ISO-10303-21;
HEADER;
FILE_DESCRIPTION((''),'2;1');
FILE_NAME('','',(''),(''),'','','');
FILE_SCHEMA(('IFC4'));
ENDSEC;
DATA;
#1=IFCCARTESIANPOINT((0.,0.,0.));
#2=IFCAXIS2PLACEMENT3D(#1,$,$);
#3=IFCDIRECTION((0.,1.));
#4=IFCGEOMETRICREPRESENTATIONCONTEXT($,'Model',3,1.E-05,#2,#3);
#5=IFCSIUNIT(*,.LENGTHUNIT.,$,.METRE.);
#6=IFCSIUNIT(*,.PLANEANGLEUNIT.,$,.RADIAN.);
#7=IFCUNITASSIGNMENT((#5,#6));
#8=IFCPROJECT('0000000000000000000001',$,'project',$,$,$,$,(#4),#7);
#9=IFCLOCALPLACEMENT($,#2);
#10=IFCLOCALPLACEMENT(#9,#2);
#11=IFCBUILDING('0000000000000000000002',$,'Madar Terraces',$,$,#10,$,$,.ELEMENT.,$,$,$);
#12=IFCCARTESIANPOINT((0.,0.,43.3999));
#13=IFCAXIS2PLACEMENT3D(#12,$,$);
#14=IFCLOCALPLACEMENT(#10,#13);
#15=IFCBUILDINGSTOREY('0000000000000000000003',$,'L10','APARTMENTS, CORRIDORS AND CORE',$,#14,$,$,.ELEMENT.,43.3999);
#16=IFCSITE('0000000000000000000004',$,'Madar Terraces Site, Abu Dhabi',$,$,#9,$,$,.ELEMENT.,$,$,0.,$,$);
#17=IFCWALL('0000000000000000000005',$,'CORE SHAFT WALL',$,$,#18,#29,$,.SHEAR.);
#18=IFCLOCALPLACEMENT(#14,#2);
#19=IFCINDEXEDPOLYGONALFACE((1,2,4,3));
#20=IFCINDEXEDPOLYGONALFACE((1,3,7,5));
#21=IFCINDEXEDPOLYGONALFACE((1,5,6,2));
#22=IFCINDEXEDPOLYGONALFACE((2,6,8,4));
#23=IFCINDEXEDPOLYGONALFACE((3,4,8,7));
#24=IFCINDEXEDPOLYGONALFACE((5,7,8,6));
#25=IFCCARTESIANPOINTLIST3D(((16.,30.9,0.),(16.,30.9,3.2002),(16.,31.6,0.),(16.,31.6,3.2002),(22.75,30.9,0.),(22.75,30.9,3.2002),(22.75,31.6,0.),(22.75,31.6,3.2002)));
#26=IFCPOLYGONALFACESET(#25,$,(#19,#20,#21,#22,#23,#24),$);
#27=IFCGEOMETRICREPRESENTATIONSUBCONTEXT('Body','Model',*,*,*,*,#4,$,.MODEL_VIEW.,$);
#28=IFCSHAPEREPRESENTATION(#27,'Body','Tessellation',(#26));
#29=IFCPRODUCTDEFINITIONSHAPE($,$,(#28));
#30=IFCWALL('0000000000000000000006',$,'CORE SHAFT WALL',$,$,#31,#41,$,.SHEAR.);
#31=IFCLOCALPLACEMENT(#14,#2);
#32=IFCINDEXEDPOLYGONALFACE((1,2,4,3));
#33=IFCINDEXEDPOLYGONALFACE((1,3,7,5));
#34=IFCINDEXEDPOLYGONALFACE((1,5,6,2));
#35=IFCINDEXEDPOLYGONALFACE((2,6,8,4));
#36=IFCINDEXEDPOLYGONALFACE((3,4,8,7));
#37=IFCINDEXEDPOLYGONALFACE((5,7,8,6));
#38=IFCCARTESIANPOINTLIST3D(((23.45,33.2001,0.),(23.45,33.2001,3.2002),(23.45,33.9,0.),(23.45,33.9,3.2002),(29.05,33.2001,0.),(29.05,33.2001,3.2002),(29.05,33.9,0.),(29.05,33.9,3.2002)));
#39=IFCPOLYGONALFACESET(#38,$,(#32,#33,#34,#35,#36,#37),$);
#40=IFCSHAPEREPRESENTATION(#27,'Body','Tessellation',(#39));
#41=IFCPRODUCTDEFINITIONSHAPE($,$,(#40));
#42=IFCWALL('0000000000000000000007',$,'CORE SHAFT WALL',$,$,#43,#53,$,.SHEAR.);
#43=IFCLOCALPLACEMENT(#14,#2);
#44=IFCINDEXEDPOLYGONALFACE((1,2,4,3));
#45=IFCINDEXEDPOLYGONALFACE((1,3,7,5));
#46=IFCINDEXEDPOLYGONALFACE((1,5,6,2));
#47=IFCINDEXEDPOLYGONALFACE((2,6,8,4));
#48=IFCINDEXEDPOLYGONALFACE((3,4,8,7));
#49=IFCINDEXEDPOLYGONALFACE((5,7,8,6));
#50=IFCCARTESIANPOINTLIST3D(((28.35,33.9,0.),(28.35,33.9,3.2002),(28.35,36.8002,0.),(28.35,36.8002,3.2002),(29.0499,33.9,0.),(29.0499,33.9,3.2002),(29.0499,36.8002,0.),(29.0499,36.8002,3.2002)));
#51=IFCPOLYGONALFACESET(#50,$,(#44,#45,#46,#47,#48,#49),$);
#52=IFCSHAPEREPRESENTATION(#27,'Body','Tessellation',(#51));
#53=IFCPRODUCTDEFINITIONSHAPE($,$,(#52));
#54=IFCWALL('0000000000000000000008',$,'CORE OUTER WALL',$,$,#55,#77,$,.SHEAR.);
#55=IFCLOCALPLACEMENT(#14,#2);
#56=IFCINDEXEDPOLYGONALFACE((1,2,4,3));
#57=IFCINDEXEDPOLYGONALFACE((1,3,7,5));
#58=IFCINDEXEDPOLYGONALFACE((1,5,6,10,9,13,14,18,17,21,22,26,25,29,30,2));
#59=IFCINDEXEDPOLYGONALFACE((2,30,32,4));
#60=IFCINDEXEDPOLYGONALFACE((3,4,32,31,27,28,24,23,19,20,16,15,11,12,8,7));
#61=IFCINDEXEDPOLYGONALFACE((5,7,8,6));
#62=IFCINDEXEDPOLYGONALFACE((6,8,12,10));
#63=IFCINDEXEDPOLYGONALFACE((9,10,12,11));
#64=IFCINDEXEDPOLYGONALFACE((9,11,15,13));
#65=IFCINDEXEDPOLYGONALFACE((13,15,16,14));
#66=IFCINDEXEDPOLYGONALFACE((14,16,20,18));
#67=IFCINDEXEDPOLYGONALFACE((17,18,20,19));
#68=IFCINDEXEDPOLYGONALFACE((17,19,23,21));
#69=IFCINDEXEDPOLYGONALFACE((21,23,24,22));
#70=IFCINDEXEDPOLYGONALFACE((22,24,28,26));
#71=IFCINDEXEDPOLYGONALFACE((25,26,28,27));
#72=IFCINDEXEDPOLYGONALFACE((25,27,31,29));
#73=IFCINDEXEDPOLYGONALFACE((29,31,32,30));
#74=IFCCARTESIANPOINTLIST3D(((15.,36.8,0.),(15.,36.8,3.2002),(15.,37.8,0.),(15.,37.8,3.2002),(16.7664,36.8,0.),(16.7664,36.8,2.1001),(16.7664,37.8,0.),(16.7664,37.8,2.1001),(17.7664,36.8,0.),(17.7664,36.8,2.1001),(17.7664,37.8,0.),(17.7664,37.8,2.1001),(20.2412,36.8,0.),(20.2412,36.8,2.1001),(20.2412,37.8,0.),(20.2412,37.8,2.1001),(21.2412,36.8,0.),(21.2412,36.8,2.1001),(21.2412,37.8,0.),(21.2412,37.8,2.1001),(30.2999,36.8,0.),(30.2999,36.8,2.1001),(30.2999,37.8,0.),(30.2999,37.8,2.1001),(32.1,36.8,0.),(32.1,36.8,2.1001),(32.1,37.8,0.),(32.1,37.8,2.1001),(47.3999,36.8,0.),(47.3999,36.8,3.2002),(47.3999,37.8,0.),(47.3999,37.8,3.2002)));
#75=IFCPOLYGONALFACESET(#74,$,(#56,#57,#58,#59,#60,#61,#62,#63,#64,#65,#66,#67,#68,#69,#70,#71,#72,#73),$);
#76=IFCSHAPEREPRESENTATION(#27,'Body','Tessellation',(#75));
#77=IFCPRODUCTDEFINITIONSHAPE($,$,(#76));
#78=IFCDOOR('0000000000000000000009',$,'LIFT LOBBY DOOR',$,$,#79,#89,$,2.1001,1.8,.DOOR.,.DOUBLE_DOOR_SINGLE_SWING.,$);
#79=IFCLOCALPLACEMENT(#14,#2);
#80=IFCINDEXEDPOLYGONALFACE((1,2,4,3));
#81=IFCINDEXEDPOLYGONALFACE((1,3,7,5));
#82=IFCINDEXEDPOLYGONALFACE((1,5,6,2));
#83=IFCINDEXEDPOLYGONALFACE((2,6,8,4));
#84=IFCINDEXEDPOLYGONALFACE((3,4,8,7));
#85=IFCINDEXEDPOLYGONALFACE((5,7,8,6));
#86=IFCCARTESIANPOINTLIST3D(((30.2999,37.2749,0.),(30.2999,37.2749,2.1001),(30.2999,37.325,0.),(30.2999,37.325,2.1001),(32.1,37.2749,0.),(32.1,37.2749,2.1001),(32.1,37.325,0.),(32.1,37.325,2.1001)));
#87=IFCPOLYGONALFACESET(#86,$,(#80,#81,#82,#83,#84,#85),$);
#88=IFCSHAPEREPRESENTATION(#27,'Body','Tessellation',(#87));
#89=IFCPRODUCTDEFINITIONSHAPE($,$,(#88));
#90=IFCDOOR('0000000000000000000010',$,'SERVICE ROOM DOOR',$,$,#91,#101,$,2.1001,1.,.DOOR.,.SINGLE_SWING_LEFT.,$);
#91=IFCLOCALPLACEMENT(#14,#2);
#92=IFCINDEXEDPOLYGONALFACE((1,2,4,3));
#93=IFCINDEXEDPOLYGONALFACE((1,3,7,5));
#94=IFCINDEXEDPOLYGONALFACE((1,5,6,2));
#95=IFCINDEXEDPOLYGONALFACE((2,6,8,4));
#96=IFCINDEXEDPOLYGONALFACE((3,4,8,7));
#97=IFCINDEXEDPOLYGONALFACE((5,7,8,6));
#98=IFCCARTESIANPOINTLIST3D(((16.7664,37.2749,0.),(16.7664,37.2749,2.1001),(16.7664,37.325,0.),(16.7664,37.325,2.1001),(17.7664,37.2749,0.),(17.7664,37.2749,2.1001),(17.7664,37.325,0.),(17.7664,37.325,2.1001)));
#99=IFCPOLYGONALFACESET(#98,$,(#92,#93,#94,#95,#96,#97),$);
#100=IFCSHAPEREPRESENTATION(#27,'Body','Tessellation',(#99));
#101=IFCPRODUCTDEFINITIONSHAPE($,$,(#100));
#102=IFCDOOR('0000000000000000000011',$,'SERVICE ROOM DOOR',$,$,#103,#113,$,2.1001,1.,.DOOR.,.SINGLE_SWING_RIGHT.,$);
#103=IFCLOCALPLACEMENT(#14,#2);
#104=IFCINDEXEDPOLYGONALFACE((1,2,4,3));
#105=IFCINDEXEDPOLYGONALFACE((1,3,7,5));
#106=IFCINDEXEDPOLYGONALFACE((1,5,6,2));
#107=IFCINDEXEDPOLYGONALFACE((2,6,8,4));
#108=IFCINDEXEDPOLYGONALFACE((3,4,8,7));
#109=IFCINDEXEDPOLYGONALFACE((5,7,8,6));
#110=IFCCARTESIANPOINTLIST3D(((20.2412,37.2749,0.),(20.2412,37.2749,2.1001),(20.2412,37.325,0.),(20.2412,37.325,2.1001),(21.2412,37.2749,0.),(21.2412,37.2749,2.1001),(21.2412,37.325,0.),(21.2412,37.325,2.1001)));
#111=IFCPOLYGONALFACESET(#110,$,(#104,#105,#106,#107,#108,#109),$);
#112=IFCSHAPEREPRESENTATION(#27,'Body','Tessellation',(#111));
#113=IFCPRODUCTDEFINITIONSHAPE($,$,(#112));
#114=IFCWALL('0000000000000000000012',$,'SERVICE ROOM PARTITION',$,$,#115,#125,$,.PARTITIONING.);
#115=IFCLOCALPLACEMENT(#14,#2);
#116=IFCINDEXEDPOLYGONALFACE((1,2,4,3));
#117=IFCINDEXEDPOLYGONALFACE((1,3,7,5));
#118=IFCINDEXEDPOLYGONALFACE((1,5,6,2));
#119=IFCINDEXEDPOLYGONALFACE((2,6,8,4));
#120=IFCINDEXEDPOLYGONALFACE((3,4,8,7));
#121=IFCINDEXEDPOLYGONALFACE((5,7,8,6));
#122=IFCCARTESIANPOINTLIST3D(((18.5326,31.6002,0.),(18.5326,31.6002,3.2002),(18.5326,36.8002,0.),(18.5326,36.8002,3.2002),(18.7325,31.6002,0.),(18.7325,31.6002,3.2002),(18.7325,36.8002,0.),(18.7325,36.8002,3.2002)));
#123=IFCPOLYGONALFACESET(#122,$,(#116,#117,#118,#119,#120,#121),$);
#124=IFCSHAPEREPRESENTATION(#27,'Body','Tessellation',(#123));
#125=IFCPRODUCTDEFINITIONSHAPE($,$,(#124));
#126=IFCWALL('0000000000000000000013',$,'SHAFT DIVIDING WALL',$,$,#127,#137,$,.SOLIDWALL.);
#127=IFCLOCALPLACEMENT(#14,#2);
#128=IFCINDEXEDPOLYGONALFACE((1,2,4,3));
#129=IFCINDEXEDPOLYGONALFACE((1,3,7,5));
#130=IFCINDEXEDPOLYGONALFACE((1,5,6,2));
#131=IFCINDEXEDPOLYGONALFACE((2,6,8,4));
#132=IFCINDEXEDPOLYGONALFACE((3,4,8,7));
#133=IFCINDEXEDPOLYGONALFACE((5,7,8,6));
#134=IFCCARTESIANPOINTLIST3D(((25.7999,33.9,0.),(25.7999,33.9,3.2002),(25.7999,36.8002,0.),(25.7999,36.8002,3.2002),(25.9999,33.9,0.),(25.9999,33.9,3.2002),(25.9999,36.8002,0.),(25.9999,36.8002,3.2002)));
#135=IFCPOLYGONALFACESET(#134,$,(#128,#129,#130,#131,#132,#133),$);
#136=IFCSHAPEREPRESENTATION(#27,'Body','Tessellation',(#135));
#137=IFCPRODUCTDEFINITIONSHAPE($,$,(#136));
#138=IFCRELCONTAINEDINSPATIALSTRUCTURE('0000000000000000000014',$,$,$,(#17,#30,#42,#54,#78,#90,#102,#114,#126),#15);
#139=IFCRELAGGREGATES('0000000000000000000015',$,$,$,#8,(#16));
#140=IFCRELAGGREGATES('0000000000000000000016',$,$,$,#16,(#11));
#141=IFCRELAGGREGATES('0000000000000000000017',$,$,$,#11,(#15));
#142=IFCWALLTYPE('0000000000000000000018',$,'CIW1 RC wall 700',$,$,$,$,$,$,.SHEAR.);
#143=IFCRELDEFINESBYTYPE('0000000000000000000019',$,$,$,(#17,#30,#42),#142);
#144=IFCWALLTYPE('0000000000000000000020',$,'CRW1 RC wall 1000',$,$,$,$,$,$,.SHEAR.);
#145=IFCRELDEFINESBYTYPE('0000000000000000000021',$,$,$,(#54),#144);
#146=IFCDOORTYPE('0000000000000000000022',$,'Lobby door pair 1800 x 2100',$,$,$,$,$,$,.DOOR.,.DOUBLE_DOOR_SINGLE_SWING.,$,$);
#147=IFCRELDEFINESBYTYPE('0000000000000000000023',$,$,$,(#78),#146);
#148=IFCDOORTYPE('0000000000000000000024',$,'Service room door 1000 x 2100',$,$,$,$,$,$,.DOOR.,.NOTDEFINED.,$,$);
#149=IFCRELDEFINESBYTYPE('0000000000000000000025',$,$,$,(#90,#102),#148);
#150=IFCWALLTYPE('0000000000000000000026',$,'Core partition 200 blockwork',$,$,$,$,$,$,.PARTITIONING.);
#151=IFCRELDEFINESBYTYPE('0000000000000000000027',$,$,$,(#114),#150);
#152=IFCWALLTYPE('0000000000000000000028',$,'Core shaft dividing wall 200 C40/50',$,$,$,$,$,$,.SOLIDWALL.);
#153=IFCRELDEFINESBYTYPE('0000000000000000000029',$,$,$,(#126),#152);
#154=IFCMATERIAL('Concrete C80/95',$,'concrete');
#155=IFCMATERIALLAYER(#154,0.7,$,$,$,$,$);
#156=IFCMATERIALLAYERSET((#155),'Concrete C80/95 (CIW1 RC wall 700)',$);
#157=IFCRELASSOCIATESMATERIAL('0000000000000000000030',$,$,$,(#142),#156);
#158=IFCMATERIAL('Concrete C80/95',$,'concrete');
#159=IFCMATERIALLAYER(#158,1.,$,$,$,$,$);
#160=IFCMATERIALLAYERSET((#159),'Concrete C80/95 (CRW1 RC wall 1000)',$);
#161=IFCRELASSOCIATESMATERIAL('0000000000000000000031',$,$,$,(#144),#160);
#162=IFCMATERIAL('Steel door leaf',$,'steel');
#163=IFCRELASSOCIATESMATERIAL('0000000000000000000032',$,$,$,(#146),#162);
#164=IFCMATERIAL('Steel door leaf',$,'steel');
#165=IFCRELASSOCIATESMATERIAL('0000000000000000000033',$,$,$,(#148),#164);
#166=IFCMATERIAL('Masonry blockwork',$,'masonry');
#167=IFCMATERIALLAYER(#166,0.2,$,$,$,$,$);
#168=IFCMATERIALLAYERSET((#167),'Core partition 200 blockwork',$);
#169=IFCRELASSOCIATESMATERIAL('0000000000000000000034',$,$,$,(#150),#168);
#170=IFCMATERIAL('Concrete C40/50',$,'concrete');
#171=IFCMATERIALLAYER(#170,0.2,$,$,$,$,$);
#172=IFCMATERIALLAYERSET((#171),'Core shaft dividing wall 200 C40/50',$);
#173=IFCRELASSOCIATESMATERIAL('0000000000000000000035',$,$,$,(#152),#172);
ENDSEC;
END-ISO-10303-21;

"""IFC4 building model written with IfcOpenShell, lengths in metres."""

from ifc_helpers import new_model, si_unit, direction, frame, frame_2d, origin, place, context, subcontext, project, spatial, rectangle, extrude, material, layer, layer_set, type_object, element, fill, save


model = new_model("IFC4")

# Units and contexts
model_context = context("Model", 3, precision=1e-05, world=origin(), true_north=direction((0.0, 1.0)))
body_context = subcontext(model_context, "Body", "Model", "MODEL_VIEW")
ifc_project = project(units=[si_unit("LENGTHUNIT", "METRE"), si_unit("PLANEANGLEUNIT", "RADIAN")], contexts=[model_context])

# Site, building, storey
site_placement = place(None, origin())
site = spatial("IfcSite", under=ifc_project, at=site_placement, Name="Madar Terraces Site, Abu Dhabi", CompositionType="ELEMENT", RefElevation=0.0)
building_placement = place(site_placement, origin())
building = spatial("IfcBuilding", under=site, at=building_placement, Name="Madar Terraces", CompositionType="ELEMENT")
storey_placement = place(building_placement, frame((0.0, 0.0, 43.3999)))
storey = spatial("IfcBuildingStorey", under=building, at=storey_placement, Name="L10", Description="APARTMENTS, CORRIDORS AND CORE", CompositionType="ELEMENT", Elevation=43.3999)

# Walls
ifc_material_1 = material(Name="Concrete C80/95", Category="concrete")
ifc_layer_1 = layer(ifc_material_1, 0.7)
ifc_layer_set_1 = layer_set([ifc_layer_1], Name="Concrete C80/95 (CIW1 RC wall 700)")
wall_type_1 = type_object("IfcWallType", Name="CIW1 RC wall 700", PredefinedType="SHEAR", material=ifc_layer_set_1)
wall_1_placement = place(storey_placement, frame((16.0, 31.25, 0.0), z_axis=(0.0, 0.0, 1.0), x_axis=(1.0, 0.0, 0.0)))
element("IfcWall", 1, at=wall_1_placement, inside=storey, type_object=wall_type_1, Name="CORE SHAFT WALL", PredefinedType="SHEAR", context=body_context, shape_type="SweptSolid", body=[
    extrude(rectangle(XDim=6.75, YDim=0.7, at=frame_2d((3.375, 0.0))), origin(), (0.0, 0.0, 1.0), 3.2002),
])
wall_2_placement = place(storey_placement, frame((23.45, 33.55, 0.0), z_axis=(0.0, 0.0, 1.0), x_axis=(1.0, 0.0, 0.0)))
element("IfcWall", 2, at=wall_2_placement, inside=storey, type_object=wall_type_1, Name="CORE SHAFT WALL", PredefinedType="SHEAR", context=body_context, shape_type="SweptSolid", body=[
    extrude(rectangle(XDim=5.6001, YDim=0.7, at=frame_2d((2.8, 0.0))), origin(), (0.0, 0.0, 1.0), 3.2002),
])
wall_3_placement = place(storey_placement, frame((28.7, 33.8999, 0.0), z_axis=(0.0, 0.0, 1.0), x_axis=(0.0, 1.0, 0.0)))
element("IfcWall", 3, at=wall_3_placement, inside=storey, type_object=wall_type_1, Name="CORE SHAFT WALL", PredefinedType="SHEAR", context=body_context, shape_type="SweptSolid", body=[
    extrude(rectangle(XDim=2.9001, YDim=0.7, at=frame_2d((1.4502, 0.0))), origin(), (0.0, 0.0, 1.0), 3.2002),
])

# Wall, openings, doors
ifc_material_2 = material(Name="Concrete C80/95", Category="concrete")
ifc_layer_2 = layer(ifc_material_2, 1.0)
ifc_layer_set_2 = layer_set([ifc_layer_2], Name="Concrete C80/95 (CRW1 RC wall 1000)")
wall_type_2 = type_object("IfcWallType", Name="CRW1 RC wall 1000", PredefinedType="SHEAR", material=ifc_layer_set_2)
wall_4_placement = place(storey_placement, frame((15.0, 37.3, 0.0), z_axis=(0.0, 0.0, 1.0), x_axis=(1.0, 0.0, 0.0)))
wall_4 = element("IfcWall", 4, at=wall_4_placement, inside=storey, type_object=wall_type_2, Name="CORE OUTER WALL", PredefinedType="SHEAR", context=body_context, shape_type="SweptSolid", body=[
    extrude(rectangle(XDim=32.3999, YDim=1.0, at=frame_2d((16.2, 0.0))), origin(), (0.0, 0.0, 1.0), 3.2002),
])
opening_1_placement = place(wall_4_placement, frame((15.3, 0.0, 0.0)))
opening_1 = element("IfcOpeningElement", 5, at=opening_1_placement, cuts=wall_4, PredefinedType="OPENING", context=body_context, shape_type="SweptSolid", body=[
    extrude(rectangle(XDim=1.8, YDim=2.1001, at=frame_2d((0.8999, 1.05))), frame((0.0, 0.51, 0.0), z_axis=(0.0, -1.0, 0.0), x_axis=(1.0, 0.0, 0.0)), (0.0, 0.0, 1.0), 1.02),
])
opening_2_placement = place(wall_4_placement, frame((1.7664, 0.0, 0.0)))
opening_2 = element("IfcOpeningElement", 6, at=opening_2_placement, cuts=wall_4, PredefinedType="OPENING", context=body_context, shape_type="SweptSolid", body=[
    extrude(rectangle(XDim=1.0, YDim=2.1001, at=frame_2d((0.5, 1.05))), frame((0.0, 0.51, 0.0), z_axis=(0.0, -1.0, 0.0), x_axis=(1.0, 0.0, 0.0)), (0.0, 0.0, 1.0), 1.02),
])
opening_3_placement = place(wall_4_placement, frame((5.2412, 0.0, 0.0)))
opening_3 = element("IfcOpeningElement", 7, at=opening_3_placement, cuts=wall_4, PredefinedType="OPENING", context=body_context, shape_type="SweptSolid", body=[
    extrude(rectangle(XDim=1.0, YDim=2.1001, at=frame_2d((0.5, 1.05))), frame((0.0, 0.51, 0.0), z_axis=(0.0, -1.0, 0.0), x_axis=(1.0, 0.0, 0.0)), (0.0, 0.0, 1.0), 1.02),
])
ifc_material_3 = material(Name="Steel door leaf", Category="steel")
door_type_1 = type_object("IfcDoorType", Name="Lobby door pair 1800 x 2100", OperationType="DOUBLE_DOOR_SINGLE_SWING", PredefinedType="DOOR", material=ifc_material_3)
door_1_placement = place(opening_1_placement, origin())
door_1 = element("IfcDoor", 8, at=door_1_placement, inside=storey, type_object=door_type_1, Name="LIFT LOBBY DOOR", OperationType="DOUBLE_DOOR_SINGLE_SWING", OverallHeight=2.1001, OverallWidth=1.8, PredefinedType="DOOR", context=body_context, shape_type="SweptSolid", body=[
    extrude(rectangle(XDim=1.8, YDim=2.1001, at=frame_2d((0.8999, 1.05))), frame((0.0, 0.0249, 0.0), z_axis=(0.0, -1.0, 0.0), x_axis=(1.0, 0.0, 0.0)), (0.0, 0.0, 1.0), 0.05),
])
fill(opening_1, door_1)
ifc_material_4 = material(Name="Steel door leaf", Category="steel")
door_type_2 = type_object("IfcDoorType", Name="Service room door 1000 x 2100", OperationType="NOTDEFINED", PredefinedType="DOOR", material=ifc_material_4)
door_2_placement = place(opening_2_placement, origin())
door_2 = element("IfcDoor", 9, at=door_2_placement, inside=storey, type_object=door_type_2, Name="SERVICE ROOM DOOR", OperationType="SINGLE_SWING_LEFT", OverallHeight=2.1001, OverallWidth=1.0, PredefinedType="DOOR", context=body_context, shape_type="SweptSolid", body=[
    extrude(rectangle(XDim=1.0, YDim=2.1001, at=frame_2d((0.5, 1.05))), frame((0.0, 0.0249, 0.0), z_axis=(0.0, -1.0, 0.0), x_axis=(1.0, 0.0, 0.0)), (0.0, 0.0, 1.0), 0.05),
])
fill(opening_2, door_2)
door_3_placement = place(opening_3_placement, origin())
door_3 = element("IfcDoor", 10, at=door_3_placement, inside=storey, type_object=door_type_2, Name="SERVICE ROOM DOOR", OperationType="SINGLE_SWING_RIGHT", OverallHeight=2.1001, OverallWidth=1.0, PredefinedType="DOOR", context=body_context, shape_type="SweptSolid", body=[
    extrude(rectangle(XDim=1.0, YDim=2.1001, at=frame_2d((0.5, 1.05))), frame((0.0, 0.0249, 0.0), z_axis=(0.0, -1.0, 0.0), x_axis=(1.0, 0.0, 0.0)), (0.0, 0.0, 1.0), 0.05),
])
fill(opening_3, door_3)

# Walls
ifc_material_5 = material(Name="Masonry blockwork", Category="masonry")
ifc_layer_3 = layer(ifc_material_5, 0.2)
ifc_layer_set_3 = layer_set([ifc_layer_3], Name="Core partition 200 blockwork")
wall_type_3 = type_object("IfcWallType", Name="Core partition 200 blockwork", PredefinedType="PARTITIONING", material=ifc_layer_set_3)
wall_5_placement = place(storey_placement, frame((18.6326, 31.6001, 0.0), z_axis=(0.0, 0.0, 1.0), x_axis=(0.0, 1.0, 0.0)))
element("IfcWall", 11, at=wall_5_placement, inside=storey, type_object=wall_type_3, Name="SERVICE ROOM PARTITION", PredefinedType="PARTITIONING", context=body_context, shape_type="SweptSolid", body=[
    extrude(rectangle(XDim=5.2, YDim=0.2, at=frame_2d((2.6001, 0.0))), origin(), (0.0, 0.0, 1.0), 3.2002),
])
ifc_material_6 = material(Name="Concrete C40/50", Category="concrete")
ifc_layer_4 = layer(ifc_material_6, 0.2)
ifc_layer_set_4 = layer_set([ifc_layer_4], Name="Core shaft dividing wall 200 C40/50")
wall_type_4 = type_object("IfcWallType", Name="Core shaft dividing wall 200 C40/50", PredefinedType="SOLIDWALL", material=ifc_layer_set_4)
wall_6_placement = place(storey_placement, frame((25.8999, 33.8999, 0.0), z_axis=(0.0, 0.0, 1.0), x_axis=(0.0, 1.0, 0.0)))
element("IfcWall", 12, at=wall_6_placement, inside=storey, type_object=wall_type_4, Name="SHAFT DIVIDING WALL", PredefinedType="SOLIDWALL", context=body_context, shape_type="SweptSolid", body=[
    extrude(rectangle(XDim=2.9001, YDim=0.2, at=frame_2d((1.4502, 0.0))), origin(), (0.0, 0.0, 1.0), 3.2002),
])

save(model, "model.ifc")
